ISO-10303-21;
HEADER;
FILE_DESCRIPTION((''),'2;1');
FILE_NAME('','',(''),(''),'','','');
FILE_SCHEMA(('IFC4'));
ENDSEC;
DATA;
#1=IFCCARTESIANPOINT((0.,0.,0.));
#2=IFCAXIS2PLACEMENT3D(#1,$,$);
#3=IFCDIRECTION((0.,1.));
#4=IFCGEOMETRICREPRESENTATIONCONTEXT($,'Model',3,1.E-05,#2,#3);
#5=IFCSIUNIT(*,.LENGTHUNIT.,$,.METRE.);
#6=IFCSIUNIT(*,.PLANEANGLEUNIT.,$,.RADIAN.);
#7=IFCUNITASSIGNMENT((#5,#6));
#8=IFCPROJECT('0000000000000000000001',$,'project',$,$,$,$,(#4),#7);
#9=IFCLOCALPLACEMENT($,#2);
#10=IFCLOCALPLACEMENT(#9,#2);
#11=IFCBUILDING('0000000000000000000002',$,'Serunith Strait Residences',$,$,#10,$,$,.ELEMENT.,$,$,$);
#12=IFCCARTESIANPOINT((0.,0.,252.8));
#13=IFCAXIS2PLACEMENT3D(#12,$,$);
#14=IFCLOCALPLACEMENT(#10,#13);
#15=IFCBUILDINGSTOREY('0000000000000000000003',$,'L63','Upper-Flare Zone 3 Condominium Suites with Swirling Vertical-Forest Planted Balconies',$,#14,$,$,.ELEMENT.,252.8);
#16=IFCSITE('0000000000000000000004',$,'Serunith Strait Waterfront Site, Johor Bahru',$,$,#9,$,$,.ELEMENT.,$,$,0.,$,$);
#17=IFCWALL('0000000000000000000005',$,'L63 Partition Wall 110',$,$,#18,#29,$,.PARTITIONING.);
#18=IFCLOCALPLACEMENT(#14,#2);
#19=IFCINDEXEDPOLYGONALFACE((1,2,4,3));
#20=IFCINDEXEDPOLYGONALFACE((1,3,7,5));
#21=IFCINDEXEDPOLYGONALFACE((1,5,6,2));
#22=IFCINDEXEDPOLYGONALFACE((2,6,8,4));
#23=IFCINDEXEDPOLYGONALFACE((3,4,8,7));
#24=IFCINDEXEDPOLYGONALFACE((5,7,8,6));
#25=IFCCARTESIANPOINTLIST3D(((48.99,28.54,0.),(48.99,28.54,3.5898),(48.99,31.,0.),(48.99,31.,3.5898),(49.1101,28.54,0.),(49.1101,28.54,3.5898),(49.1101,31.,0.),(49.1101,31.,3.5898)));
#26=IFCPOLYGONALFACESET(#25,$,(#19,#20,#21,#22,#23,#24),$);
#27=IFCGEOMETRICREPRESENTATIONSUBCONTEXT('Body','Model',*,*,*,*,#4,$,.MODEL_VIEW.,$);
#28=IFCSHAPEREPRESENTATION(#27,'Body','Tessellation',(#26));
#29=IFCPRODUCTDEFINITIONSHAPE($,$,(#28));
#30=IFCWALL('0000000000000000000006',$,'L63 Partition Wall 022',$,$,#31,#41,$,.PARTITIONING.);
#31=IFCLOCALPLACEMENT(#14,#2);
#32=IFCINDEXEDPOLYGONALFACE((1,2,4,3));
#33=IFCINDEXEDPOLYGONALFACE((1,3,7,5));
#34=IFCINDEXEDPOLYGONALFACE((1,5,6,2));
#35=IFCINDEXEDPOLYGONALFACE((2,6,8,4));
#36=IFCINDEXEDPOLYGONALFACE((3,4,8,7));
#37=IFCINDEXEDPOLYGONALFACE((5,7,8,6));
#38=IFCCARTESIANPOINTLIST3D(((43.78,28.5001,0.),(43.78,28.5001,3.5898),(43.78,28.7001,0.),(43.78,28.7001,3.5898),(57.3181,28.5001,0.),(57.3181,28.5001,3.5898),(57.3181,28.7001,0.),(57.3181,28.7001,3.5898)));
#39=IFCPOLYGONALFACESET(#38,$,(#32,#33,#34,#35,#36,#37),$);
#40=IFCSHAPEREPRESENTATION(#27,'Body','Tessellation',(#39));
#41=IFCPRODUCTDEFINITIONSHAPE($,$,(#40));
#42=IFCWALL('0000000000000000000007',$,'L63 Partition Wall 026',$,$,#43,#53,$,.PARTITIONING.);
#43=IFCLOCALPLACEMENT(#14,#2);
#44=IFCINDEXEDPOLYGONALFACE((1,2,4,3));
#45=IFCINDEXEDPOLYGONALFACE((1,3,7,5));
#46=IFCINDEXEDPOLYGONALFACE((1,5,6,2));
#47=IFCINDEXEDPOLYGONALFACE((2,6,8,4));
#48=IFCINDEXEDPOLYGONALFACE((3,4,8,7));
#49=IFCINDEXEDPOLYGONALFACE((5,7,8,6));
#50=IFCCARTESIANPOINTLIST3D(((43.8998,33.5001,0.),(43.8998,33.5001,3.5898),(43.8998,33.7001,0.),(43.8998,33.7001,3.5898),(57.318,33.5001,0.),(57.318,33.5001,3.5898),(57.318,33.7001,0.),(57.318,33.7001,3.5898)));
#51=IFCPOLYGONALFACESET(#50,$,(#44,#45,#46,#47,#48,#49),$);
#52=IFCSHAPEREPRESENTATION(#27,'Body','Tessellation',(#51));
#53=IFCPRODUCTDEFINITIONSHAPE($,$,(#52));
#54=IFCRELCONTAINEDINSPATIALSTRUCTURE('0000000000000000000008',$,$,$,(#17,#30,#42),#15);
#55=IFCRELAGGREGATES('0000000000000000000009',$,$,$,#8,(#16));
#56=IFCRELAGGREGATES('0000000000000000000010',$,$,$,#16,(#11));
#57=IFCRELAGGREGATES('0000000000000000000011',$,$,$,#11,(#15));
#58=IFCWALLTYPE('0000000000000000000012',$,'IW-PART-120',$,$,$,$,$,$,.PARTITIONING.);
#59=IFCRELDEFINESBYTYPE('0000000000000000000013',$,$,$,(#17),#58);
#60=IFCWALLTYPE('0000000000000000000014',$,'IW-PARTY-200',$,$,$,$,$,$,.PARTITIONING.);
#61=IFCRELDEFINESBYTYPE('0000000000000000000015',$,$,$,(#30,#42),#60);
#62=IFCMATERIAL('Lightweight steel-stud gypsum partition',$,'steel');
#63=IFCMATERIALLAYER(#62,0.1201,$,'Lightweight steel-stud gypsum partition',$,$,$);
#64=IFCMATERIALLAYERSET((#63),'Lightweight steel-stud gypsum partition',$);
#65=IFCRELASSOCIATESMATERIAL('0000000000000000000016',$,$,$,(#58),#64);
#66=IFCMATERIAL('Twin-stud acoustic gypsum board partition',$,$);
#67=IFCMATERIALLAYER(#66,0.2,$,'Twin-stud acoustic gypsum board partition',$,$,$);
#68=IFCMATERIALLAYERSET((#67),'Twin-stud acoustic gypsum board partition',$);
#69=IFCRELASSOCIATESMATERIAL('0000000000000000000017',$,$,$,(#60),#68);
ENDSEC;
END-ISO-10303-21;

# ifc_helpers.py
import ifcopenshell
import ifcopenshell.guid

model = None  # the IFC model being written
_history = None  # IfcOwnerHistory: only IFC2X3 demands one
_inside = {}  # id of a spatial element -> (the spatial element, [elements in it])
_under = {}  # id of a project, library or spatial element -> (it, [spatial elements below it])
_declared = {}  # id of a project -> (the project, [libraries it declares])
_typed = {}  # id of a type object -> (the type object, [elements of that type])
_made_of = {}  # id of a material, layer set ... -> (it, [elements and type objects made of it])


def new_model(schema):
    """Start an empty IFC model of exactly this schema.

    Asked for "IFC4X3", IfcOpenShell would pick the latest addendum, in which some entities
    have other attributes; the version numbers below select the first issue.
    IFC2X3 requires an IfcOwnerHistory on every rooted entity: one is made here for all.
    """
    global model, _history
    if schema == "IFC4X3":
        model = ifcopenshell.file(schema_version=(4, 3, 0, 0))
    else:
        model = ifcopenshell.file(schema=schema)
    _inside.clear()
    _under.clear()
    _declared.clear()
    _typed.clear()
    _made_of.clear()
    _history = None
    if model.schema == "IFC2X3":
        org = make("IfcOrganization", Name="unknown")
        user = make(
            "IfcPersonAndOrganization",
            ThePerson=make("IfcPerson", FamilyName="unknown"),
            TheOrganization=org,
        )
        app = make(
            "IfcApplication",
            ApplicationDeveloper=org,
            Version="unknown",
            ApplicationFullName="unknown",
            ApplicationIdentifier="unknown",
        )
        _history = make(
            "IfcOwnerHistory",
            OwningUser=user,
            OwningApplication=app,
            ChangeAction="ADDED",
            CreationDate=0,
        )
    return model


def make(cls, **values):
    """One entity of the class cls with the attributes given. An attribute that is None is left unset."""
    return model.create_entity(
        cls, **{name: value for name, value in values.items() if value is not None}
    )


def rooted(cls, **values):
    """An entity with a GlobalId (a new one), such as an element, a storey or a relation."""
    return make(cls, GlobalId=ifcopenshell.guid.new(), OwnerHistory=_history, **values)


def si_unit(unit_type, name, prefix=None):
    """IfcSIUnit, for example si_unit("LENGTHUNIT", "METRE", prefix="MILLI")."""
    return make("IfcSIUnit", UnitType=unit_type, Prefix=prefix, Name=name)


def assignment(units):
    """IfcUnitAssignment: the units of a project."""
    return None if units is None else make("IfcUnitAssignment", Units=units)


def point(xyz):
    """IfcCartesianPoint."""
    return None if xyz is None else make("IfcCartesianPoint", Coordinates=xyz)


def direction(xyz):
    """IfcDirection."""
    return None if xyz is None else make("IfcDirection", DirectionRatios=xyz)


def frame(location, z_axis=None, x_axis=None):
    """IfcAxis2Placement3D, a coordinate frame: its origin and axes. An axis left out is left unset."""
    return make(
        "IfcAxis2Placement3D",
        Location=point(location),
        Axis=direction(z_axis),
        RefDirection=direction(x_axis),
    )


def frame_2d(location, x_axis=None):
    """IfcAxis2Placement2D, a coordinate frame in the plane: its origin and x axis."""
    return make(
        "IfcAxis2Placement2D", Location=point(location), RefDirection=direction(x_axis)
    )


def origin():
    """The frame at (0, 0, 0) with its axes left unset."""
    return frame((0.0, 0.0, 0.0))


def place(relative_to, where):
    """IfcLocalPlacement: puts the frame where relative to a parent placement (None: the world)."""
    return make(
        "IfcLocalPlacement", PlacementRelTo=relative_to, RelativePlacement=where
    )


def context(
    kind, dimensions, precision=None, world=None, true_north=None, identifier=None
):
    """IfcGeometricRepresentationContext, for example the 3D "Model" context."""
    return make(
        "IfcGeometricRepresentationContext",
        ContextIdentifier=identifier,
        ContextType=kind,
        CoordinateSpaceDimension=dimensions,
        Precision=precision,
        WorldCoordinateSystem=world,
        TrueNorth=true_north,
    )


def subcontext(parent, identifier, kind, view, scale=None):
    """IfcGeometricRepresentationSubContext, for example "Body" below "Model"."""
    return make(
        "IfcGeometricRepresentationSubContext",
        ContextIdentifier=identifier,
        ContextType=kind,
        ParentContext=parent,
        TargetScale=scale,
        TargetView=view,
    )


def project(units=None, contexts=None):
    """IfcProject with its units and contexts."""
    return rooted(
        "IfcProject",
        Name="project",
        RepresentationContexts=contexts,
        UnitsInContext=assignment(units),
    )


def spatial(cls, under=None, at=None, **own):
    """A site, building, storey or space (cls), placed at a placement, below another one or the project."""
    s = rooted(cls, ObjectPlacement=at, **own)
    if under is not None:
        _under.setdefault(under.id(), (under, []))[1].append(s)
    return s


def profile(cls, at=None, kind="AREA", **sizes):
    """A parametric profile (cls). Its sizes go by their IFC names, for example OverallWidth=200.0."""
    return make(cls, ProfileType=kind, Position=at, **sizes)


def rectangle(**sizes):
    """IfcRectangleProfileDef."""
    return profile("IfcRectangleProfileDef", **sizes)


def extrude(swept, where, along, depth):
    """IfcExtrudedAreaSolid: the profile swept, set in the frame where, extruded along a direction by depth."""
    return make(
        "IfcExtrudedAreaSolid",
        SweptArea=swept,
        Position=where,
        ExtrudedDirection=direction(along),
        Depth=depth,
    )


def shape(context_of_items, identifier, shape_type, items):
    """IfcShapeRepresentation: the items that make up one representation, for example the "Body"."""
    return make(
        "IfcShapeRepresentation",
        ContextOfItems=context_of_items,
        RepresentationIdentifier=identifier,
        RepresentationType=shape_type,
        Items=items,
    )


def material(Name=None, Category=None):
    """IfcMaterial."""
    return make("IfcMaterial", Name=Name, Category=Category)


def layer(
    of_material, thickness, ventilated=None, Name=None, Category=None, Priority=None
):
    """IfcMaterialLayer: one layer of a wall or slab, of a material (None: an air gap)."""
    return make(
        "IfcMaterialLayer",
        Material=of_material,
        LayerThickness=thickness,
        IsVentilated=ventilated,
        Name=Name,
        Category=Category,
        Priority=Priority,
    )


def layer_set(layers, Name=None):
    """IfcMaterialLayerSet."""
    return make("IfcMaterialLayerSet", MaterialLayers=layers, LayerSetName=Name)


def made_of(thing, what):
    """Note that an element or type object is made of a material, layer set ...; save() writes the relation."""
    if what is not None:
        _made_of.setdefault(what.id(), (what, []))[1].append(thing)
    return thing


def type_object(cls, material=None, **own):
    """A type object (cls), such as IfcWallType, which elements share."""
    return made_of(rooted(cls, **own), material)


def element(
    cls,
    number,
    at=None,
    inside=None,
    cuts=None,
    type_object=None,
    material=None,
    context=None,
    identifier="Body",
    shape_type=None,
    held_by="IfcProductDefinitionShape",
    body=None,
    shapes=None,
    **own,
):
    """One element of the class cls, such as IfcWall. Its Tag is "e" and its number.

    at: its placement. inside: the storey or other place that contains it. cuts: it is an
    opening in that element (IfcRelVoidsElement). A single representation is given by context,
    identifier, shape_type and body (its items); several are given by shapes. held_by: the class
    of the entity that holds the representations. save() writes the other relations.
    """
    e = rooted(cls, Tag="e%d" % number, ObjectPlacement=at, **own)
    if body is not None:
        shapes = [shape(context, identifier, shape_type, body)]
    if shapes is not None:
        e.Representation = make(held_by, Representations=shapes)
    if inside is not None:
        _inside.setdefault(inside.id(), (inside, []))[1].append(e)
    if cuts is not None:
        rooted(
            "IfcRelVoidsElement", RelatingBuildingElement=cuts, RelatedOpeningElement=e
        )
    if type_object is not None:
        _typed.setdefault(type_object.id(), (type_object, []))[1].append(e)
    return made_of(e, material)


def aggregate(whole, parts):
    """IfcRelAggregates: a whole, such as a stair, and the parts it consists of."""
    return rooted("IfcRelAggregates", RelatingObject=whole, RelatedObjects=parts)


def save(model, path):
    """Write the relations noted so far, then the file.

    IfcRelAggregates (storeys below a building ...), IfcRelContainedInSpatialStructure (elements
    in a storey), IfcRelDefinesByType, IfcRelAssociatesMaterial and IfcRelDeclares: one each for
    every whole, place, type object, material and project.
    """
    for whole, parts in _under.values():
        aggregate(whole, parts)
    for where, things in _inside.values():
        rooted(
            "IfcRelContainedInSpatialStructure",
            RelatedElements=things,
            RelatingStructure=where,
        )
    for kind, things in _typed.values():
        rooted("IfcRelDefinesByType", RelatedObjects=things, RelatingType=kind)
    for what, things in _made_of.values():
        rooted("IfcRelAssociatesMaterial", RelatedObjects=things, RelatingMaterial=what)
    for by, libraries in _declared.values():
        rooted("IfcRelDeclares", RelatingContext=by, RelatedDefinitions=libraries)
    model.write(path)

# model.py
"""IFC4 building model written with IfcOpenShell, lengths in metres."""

from ifc_helpers import new_model, si_unit, direction, frame, frame_2d, origin, place, context, subcontext, project, spatial, rectangle, extrude, material, layer, layer_set, type_object, element, save


model = new_model("IFC4")

# Units and contexts
model_context = context("Model", 3, precision=1e-05, world=origin(), true_north=direction((0.0, 1.0)))
body_context = subcontext(model_context, "Body", "Model", "MODEL_VIEW")
ifc_project = project(units=[si_unit("LENGTHUNIT", "METRE"), si_unit("PLANEANGLEUNIT", "RADIAN")], contexts=[model_context])

# Site, building, storey
site_placement = place(None, origin())
site = spatial("IfcSite", under=ifc_project, at=site_placement, Name="Serunith Strait Waterfront Site, Johor Bahru", CompositionType="ELEMENT", RefElevation=0.0)
building_placement = place(site_placement, origin())
building = spatial("IfcBuilding", under=site, at=building_placement, Name="Serunith Strait Residences", CompositionType="ELEMENT")
storey_placement = place(building_placement, frame((0.0, 0.0, 252.8)))
storey = spatial("IfcBuildingStorey", under=building, at=storey_placement, Name="L63", Description="Upper-Flare Zone 3 Condominium Suites with Swirling Vertical-Forest Planted Balconies", CompositionType="ELEMENT", Elevation=252.8)

# Shared definitions
ifc_material_1 = material(Name="Lightweight steel-stud gypsum partition", Category="steel")
ifc_layer_1 = layer(ifc_material_1, 0.1201, Name="Lightweight steel-stud gypsum partition")
ifc_layer_set_1 = layer_set([ifc_layer_1], Name="Lightweight steel-stud gypsum partition")
wall_type_1 = type_object("IfcWallType", Name="IW-PART-120", PredefinedType="PARTITIONING", material=ifc_layer_set_1)

# Walls
for number, where, z_axis, x_axis, name in (
    (1, (49.05, 28.54, 0.0), (0.0, 0.0, 1.0), (0.0, 1.0, 0.0), "L63 Partition Wall 110"),
):
    element("IfcWall", number, at=place(storey_placement, frame(where, z_axis=z_axis, x_axis=x_axis)), inside=storey, type_object=wall_type_1, Name=name, PredefinedType="PARTITIONING", context=body_context, shape_type="SweptSolid", body=[
        extrude(rectangle(XDim=2.46, YDim=0.1201, at=frame_2d((1.23, 0.0))), origin(), (0.0, 0.0, 1.0), 3.5898),
    ])
ifc_material_2 = material(Name="Twin-stud acoustic gypsum board partition")
ifc_layer_2 = layer(ifc_material_2, 0.2, Name="Twin-stud acoustic gypsum board partition")
ifc_layer_set_2 = layer_set([ifc_layer_2], Name="Twin-stud acoustic gypsum board partition")
wall_type_2 = type_object("IfcWallType", Name="IW-PARTY-200", PredefinedType="PARTITIONING", material=ifc_layer_set_2)
wall_1_placement = place(storey_placement, frame((43.78, 28.6001, 0.0), z_axis=(0.0, 0.0, 1.0), x_axis=(1.0, 0.0, 0.0)))
element("IfcWall", 2, at=wall_1_placement, inside=storey, type_object=wall_type_2, Name="L63 Partition Wall 022", PredefinedType="PARTITIONING", context=body_context, shape_type="SweptSolid", body=[
    extrude(rectangle(XDim=13.5381, YDim=0.2, at=frame_2d((6.769, 0.0))), origin(), (0.0, 0.0, 1.0), 3.5898),
])
wall_2_placement = place(storey_placement, frame((43.8999, 33.6001, 0.0), z_axis=(0.0, 0.0, 1.0), x_axis=(1.0, 0.0, 0.0)))
element("IfcWall", 3, at=wall_2_placement, inside=storey, type_object=wall_type_2, Name="L63 Partition Wall 026", PredefinedType="PARTITIONING", context=body_context, shape_type="SweptSolid", body=[
    extrude(rectangle(XDim=13.4182, YDim=0.2, at=frame_2d((6.709, 0.0))), origin(), (0.0, 0.0, 1.0), 3.5898),
])

save(model, "model.ifc")
